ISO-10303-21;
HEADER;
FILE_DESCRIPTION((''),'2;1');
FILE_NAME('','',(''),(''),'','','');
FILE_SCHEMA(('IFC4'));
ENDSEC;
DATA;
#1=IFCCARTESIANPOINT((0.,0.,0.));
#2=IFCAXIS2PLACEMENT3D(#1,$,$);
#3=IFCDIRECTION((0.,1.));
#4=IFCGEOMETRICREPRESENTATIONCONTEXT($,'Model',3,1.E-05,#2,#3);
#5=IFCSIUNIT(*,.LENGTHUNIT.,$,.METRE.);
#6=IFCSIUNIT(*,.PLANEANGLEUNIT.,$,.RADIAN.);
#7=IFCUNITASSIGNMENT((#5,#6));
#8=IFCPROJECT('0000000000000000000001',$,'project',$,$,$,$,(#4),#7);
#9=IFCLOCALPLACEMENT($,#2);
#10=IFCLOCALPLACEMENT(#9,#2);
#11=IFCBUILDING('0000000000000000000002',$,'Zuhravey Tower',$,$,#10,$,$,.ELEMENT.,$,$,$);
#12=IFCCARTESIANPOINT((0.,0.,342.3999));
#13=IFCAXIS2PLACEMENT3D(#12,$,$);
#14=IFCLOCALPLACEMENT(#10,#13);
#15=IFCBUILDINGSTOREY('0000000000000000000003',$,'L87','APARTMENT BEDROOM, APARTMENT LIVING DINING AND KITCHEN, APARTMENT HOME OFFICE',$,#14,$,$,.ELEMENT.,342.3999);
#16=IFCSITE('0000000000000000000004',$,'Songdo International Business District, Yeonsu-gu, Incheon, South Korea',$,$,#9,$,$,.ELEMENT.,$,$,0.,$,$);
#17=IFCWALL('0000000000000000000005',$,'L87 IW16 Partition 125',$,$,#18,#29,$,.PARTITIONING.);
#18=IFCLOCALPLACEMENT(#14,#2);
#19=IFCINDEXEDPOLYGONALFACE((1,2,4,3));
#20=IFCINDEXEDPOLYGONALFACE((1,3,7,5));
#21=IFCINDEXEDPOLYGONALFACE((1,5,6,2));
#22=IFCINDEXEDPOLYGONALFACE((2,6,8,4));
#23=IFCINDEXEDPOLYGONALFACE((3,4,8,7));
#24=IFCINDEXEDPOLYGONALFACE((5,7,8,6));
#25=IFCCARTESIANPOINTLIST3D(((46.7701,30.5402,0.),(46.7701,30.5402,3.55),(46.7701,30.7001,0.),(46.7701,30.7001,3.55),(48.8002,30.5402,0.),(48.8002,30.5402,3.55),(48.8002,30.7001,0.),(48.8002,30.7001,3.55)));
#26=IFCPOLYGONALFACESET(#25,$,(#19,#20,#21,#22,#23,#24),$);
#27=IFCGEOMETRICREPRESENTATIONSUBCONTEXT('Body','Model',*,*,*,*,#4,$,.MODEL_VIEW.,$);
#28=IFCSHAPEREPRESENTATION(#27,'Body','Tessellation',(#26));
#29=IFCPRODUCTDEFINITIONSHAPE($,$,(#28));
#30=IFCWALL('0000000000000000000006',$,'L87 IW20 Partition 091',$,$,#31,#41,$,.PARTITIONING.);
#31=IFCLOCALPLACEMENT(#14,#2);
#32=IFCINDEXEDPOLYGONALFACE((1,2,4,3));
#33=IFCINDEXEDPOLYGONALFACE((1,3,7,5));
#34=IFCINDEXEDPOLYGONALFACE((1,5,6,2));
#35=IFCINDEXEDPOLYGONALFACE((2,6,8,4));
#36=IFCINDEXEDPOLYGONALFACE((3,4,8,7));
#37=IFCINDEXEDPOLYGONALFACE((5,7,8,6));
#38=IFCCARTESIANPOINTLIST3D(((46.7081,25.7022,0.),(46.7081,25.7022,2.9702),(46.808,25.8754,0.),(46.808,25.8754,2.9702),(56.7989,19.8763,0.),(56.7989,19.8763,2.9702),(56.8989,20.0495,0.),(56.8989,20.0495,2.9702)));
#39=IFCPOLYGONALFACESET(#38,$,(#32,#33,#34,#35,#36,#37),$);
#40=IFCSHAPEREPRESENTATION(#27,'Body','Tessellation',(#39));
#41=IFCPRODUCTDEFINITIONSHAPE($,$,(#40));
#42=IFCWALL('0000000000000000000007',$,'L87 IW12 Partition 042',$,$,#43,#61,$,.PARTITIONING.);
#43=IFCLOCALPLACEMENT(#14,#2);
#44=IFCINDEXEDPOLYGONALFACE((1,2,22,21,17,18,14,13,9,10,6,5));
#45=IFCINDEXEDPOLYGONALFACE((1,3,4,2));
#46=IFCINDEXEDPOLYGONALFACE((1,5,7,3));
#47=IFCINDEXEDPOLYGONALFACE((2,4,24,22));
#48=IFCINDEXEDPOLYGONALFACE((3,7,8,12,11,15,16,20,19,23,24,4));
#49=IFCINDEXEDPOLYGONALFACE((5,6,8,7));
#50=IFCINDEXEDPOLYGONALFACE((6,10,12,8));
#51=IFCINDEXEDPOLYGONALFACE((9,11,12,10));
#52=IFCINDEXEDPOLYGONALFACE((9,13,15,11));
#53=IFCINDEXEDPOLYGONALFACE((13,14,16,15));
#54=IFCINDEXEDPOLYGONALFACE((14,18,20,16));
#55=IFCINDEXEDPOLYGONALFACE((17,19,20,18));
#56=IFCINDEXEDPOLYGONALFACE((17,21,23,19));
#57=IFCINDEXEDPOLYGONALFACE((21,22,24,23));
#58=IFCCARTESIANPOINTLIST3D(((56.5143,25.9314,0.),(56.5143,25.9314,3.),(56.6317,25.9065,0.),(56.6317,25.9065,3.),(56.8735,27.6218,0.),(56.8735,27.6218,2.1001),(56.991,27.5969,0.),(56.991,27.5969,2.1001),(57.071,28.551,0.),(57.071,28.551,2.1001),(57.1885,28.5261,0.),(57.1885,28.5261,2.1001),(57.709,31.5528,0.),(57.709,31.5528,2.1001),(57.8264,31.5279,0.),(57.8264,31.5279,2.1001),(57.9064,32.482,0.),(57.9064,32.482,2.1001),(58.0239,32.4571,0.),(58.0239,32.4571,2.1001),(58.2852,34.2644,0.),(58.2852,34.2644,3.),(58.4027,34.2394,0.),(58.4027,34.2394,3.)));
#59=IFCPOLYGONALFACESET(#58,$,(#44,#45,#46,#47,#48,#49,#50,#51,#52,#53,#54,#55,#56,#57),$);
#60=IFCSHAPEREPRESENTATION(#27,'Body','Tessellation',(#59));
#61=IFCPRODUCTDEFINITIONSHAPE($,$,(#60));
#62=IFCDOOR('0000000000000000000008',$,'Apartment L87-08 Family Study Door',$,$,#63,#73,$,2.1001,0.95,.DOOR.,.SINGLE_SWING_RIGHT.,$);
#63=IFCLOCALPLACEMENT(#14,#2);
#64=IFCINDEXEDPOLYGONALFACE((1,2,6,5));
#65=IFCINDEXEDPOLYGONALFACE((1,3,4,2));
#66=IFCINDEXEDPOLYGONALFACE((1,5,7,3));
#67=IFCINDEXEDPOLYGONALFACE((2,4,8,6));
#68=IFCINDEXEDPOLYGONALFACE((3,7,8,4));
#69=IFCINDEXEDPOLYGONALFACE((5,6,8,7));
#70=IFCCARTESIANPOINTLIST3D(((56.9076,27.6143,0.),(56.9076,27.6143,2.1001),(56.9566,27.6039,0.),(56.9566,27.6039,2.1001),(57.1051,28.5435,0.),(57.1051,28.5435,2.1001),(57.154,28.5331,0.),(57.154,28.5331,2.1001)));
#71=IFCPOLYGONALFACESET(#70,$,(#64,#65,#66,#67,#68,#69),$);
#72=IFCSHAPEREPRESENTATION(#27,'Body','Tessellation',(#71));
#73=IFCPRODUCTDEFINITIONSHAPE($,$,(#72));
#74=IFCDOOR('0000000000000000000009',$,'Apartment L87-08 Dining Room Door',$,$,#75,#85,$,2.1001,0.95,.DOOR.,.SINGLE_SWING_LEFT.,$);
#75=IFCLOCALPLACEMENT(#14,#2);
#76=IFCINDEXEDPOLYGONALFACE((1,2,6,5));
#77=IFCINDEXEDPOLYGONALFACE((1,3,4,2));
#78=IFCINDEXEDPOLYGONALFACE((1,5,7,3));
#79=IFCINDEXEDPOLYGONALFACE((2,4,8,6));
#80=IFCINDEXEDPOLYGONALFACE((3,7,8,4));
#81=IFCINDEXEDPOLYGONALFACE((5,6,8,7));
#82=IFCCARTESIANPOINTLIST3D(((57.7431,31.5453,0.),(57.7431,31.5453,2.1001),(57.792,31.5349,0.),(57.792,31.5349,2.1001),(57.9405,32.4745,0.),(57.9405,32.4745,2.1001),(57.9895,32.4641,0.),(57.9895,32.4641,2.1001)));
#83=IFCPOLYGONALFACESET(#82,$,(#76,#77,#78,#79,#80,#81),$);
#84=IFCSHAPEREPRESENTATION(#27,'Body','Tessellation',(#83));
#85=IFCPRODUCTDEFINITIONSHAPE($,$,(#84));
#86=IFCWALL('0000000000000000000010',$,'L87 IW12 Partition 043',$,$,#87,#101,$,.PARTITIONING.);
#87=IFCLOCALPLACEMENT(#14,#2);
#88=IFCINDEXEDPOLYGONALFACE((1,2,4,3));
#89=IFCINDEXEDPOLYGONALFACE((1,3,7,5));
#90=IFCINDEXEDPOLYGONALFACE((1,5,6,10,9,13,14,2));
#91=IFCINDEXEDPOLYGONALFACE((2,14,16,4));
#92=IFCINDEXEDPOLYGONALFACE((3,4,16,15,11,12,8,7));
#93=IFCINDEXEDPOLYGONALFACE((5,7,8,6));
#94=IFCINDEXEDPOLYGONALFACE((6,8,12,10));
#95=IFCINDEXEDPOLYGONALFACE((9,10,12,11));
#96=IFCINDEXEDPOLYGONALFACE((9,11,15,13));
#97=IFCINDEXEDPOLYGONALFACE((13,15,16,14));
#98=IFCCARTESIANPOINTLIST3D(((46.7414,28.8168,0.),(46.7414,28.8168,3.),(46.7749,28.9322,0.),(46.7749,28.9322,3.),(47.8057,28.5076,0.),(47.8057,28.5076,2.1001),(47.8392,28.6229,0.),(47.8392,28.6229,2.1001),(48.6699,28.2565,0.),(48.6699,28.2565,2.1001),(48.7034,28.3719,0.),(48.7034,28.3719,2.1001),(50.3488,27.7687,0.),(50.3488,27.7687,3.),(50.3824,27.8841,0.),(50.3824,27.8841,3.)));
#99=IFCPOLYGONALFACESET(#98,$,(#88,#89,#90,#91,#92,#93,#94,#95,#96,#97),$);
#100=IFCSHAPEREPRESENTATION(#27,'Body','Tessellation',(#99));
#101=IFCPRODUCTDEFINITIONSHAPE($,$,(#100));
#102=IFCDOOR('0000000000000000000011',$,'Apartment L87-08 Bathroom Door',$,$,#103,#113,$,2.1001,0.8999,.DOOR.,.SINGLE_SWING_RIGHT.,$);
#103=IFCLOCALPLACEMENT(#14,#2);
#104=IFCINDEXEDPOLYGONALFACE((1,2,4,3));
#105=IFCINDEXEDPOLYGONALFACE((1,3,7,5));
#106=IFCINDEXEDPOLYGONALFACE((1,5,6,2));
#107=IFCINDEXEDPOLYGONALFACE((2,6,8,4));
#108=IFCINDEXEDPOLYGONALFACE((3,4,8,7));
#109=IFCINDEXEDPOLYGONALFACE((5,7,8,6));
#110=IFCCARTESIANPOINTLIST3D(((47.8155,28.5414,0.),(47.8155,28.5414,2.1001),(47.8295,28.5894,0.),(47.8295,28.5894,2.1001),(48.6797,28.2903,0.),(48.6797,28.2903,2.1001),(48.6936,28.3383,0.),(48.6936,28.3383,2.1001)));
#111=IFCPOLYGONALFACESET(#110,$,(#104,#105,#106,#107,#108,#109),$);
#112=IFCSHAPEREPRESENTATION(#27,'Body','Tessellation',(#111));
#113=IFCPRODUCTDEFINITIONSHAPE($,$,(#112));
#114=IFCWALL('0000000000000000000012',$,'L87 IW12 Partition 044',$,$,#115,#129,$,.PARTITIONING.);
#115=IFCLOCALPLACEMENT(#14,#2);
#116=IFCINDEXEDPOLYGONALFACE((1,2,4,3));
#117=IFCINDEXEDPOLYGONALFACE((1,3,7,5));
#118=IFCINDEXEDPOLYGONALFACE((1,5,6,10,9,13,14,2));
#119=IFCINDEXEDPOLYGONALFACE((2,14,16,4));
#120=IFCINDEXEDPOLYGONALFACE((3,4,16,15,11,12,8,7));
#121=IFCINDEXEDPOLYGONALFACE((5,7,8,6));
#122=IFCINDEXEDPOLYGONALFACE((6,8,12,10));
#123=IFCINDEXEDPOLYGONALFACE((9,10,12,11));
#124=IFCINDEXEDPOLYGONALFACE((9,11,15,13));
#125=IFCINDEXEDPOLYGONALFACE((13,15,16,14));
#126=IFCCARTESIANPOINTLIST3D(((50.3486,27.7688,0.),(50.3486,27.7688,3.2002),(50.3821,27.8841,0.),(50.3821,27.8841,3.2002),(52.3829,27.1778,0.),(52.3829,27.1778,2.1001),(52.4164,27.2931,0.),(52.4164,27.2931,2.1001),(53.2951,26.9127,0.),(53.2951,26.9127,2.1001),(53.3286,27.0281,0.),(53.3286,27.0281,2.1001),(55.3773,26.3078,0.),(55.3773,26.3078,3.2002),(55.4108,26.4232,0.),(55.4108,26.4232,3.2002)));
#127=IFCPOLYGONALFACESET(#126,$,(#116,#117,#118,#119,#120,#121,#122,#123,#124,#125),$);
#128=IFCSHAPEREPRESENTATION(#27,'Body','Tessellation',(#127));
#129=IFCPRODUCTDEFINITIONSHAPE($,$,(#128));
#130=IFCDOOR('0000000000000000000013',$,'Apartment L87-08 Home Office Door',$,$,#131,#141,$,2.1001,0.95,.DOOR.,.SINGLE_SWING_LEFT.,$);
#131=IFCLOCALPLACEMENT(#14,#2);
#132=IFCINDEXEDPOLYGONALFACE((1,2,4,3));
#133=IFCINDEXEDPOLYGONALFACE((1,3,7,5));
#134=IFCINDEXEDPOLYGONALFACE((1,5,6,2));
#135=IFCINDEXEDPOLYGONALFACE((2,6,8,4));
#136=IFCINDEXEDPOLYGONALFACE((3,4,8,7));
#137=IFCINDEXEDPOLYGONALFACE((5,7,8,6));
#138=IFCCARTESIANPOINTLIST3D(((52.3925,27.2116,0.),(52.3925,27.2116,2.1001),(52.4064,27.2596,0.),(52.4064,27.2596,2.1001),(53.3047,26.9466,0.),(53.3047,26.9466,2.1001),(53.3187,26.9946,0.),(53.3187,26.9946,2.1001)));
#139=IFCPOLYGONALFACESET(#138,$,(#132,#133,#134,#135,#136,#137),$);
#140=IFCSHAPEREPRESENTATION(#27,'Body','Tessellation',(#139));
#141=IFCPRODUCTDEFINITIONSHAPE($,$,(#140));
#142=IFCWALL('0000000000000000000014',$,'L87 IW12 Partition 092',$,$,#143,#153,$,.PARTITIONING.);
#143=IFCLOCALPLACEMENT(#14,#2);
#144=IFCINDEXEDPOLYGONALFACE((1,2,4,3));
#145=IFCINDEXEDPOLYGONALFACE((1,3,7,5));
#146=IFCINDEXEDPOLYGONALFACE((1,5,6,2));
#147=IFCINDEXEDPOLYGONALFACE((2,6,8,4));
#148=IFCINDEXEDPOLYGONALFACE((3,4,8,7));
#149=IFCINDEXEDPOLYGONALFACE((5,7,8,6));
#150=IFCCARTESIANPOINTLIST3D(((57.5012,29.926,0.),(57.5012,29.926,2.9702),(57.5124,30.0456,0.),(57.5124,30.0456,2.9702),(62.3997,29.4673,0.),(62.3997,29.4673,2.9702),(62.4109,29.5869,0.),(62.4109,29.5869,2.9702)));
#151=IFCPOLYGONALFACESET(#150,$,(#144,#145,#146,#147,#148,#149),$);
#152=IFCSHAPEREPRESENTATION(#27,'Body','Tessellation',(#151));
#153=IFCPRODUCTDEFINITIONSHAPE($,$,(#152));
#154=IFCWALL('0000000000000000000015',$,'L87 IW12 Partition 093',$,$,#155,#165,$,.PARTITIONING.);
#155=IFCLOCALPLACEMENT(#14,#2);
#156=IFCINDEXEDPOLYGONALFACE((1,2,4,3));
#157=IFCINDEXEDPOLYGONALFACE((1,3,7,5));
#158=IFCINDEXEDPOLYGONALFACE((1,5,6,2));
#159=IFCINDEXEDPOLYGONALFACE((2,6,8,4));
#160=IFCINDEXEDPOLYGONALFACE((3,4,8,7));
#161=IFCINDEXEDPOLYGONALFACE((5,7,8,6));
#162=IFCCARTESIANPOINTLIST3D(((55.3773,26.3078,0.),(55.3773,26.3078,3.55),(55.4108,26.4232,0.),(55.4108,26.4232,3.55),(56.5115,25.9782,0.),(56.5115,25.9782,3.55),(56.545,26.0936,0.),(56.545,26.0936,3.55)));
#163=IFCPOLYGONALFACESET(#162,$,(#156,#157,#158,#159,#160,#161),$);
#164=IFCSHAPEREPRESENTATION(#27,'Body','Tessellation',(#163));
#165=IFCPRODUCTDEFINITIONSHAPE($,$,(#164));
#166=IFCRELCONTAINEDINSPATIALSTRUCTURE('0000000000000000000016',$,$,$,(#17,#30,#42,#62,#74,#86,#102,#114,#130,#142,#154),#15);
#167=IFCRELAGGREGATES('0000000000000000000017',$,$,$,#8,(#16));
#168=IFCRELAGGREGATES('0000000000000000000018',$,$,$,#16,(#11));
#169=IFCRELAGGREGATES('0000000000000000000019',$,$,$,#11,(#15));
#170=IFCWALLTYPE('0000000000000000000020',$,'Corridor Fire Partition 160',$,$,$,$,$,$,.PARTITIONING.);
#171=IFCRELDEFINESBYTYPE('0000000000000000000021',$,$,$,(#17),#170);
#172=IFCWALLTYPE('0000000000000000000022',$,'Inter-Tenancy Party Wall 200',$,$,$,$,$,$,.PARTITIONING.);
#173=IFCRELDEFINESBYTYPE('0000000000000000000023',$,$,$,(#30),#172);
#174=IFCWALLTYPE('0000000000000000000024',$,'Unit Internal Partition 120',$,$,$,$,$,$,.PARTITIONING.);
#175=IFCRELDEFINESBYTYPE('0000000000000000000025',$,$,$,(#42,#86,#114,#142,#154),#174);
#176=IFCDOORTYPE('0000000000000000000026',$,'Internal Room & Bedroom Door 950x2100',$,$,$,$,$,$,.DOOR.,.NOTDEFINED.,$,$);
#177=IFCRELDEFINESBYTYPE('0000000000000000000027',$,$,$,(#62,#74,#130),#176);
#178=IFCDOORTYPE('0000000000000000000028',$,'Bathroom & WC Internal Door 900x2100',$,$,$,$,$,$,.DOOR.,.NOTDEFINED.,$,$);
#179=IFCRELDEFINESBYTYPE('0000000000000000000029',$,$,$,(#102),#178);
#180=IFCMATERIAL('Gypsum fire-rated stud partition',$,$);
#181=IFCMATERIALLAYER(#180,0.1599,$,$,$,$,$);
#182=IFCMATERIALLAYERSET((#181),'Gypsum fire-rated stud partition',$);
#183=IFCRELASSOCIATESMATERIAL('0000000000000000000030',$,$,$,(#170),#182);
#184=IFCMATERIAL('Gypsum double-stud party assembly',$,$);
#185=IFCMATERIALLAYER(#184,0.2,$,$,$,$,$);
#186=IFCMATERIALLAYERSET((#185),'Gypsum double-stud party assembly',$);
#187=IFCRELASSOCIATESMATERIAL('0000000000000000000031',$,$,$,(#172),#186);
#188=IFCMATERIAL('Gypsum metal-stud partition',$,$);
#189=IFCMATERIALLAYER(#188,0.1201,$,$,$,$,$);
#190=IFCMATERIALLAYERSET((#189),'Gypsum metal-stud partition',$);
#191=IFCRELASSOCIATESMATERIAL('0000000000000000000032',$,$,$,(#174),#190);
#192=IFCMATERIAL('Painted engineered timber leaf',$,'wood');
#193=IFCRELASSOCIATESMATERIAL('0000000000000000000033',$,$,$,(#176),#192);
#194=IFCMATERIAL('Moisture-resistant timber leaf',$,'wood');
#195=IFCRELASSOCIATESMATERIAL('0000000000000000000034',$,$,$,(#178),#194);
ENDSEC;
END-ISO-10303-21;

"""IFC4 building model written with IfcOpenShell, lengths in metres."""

from ifc_helpers import new_model, si_unit, direction, frame, frame_2d, origin, place, context, subcontext, project, spatial, rectangle, extrude, material, layer, layer_set, type_object, element, fill, save


model = new_model("IFC4")

# Units and contexts
model_context = context("Model", 3, precision=1e-05, world=origin(), true_north=direction((0.0, 1.0)))
body_context = subcontext(model_context, "Body", "Model", "MODEL_VIEW")
ifc_project = project(units=[si_unit("LENGTHUNIT", "METRE"), si_unit("PLANEANGLEUNIT", "RADIAN")], contexts=[model_context])

# Site, building, storey
site_placement = place(None, origin())
site = spatial("IfcSite", under=ifc_project, at=site_placement, Name="Songdo International Business District, Yeonsu-gu, Incheon, South Korea", CompositionType="ELEMENT", RefElevation=0.0)
building_placement = place(site_placement, origin())
building = spatial("IfcBuilding", under=site, at=building_placement, Name="Zuhravey Tower", CompositionType="ELEMENT")
storey_placement = place(building_placement, frame((0.0, 0.0, 342.3999)))
storey = spatial("IfcBuildingStorey", under=building, at=storey_placement, Name="L87", Description="APARTMENT BEDROOM, APARTMENT LIVING DINING AND KITCHEN, APARTMENT HOME OFFICE", CompositionType="ELEMENT", Elevation=342.3999)

# Shared definitions
ifc_material_1 = material(Name="Gypsum fire-rated stud partition")
ifc_layer_1 = layer(ifc_material_1, 0.1599)
ifc_layer_set_1 = layer_set([ifc_layer_1], Name="Gypsum fire-rated stud partition")
wall_type_1 = type_object("IfcWallType", Name="Corridor Fire Partition 160", PredefinedType="PARTITIONING", material=ifc_layer_set_1)

# Walls
wall_1_placement = place(storey_placement, frame((46.77, 30.6201, 0.0), z_axis=(0.0, 0.0, 1.0), x_axis=(1.0, 0.0, 0.0)))
element("IfcWall", 1, at=wall_1_placement, inside=storey, type_object=wall_type_1, Name="L87 IW16 Partition 125", PredefinedType="PARTITIONING", context=body_context, shape_type="SweptSolid", body=[
    extrude(rectangle(XDim=2.03, YDim=0.1599, at=frame_2d((1.0151, 0.0))), origin(), (0.0, 0.0, 1.0), 3.55),
])
ifc_material_2 = material(Name="Gypsum double-stud party assembly")
ifc_layer_2 = layer(ifc_material_2, 0.2)
ifc_layer_set_2 = layer_set([ifc_layer_2], Name="Gypsum double-stud party assembly")
wall_type_2 = type_object("IfcWallType", Name="Inter-Tenancy Party Wall 200", PredefinedType="PARTITIONING", material=ifc_layer_set_2)
wall_2_placement = place(storey_placement, frame((46.7581, 25.7888, 0.0), z_axis=(0.0, 0.0, 1.0), x_axis=(0.866026, -0.499999, 0.0)))
element("IfcWall", 2, at=wall_2_placement, inside=storey, type_object=wall_type_2, Name="L87 IW20 Partition 091", PredefinedType="PARTITIONING", context=body_context, shape_type="SweptSolid", body=[
    extrude(rectangle(XDim=11.6519, YDim=0.2, at=frame_2d((5.8259, 0.0))), origin(), (0.0, 0.0, 1.0), 2.9702),
])

# Wall, openings, doors
ifc_material_3 = material(Name="Gypsum metal-stud partition")
ifc_layer_3 = layer(ifc_material_3, 0.1201)
ifc_layer_set_3 = layer_set([ifc_layer_3], Name="Gypsum metal-stud partition")
wall_type_3 = type_object("IfcWallType", Name="Unit Internal Partition 120", PredefinedType="PARTITIONING", material=ifc_layer_set_3)
wall_3_placement = place(storey_placement, frame((56.573, 25.9189, 0.0), z_axis=(0.0, 0.0, 1.0), x_axis=(0.207885, 0.978153, 0.0)))
wall_3 = element("IfcWall", 3, at=wall_3_placement, inside=storey, type_object=wall_type_3, Name="L87 IW12 Partition 042", PredefinedType="PARTITIONING", context=body_context, shape_type="SweptSolid", body=[
    extrude(rectangle(XDim=8.519, YDim=0.1201, at=frame_2d((4.2595, 0.0))), origin(), (0.0, 0.0, 1.0), 3.0),
])
opening_1_placement = place(wall_3_placement, frame((1.728, 0.0, 0.0)))
opening_1 = element("IfcOpeningElement", 4, at=opening_1_placement, cuts=wall_3, PredefinedType="OPENING", context=body_context, shape_type="SweptSolid", body=[
    extrude(rectangle(XDim=0.95, YDim=2.1001, at=frame_2d((0.4751, 1.05))), frame((0.0, 0.072, 0.0), z_axis=(0.0, -1.0, 0.0), x_axis=(1.0, 0.0, 0.0)), (0.0, 0.0, 1.0), 0.144),
])
opening_2_placement = place(wall_3_placement, frame((5.7468, 0.0, 0.0)))
opening_2 = element("IfcOpeningElement", 5, at=opening_2_placement, cuts=wall_3, PredefinedType="OPENING", context=body_context, shape_type="SweptSolid", body=[
    extrude(rectangle(XDim=0.95, YDim=2.1001, at=frame_2d((0.4751, 1.05))), frame((0.0, 0.072, 0.0), z_axis=(0.0, -1.0, 0.0), x_axis=(1.0, 0.0, 0.0)), (0.0, 0.0, 1.0), 0.144),
])
ifc_material_4 = material(Name="Painted engineered timber leaf", Category="wood")
door_type_1 = type_object("IfcDoorType", Name="Internal Room & Bedroom Door 950x2100", OperationType="NOTDEFINED", PredefinedType="DOOR", material=ifc_material_4)
door_1_placement = place(opening_1_placement, frame((0.95, 0.0, 0.0), z_axis=(0.0, 0.0, 1.0), x_axis=(-1.0, 0.0, 0.0)))
door_1 = element("IfcDoor", 6, at=door_1_placement, inside=storey, type_object=door_type_1, Name="Apartment L87-08 Family Study Door", OperationType="SINGLE_SWING_RIGHT", OverallHeight=2.1001, OverallWidth=0.95, PredefinedType="DOOR", context=body_context, shape_type="SweptSolid", body=[
    extrude(rectangle(XDim=0.95, YDim=2.1001, at=frame_2d((0.4751, 1.05))), frame((0.0, 0.0249, 0.0), z_axis=(0.0, -1.0, 0.0), x_axis=(1.0, 0.0, 0.0)), (0.0, 0.0, 1.0), 0.05),
])
fill(opening_1, door_1)
door_2_placement = place(opening_2_placement, frame((0.95, 0.0, 0.0), z_axis=(0.0, 0.0, 1.0), x_axis=(-1.0, 0.0, 0.0)))
door_2 = element("IfcDoor", 7, at=door_2_placement, inside=storey, type_object=door_type_1, Name="Apartment L87-08 Dining Room Door", OperationType="SINGLE_SWING_LEFT", OverallHeight=2.1001, OverallWidth=0.95, PredefinedType="DOOR", context=body_context, shape_type="SweptSolid", body=[
    extrude(rectangle(XDim=0.95, YDim=2.1001, at=frame_2d((0.4751, 1.05))), frame((0.0, 0.0249, 0.0), z_axis=(0.0, -1.0, 0.0), x_axis=(1.0, 0.0, 0.0)), (0.0, 0.0, 1.0), 0.05),
])
fill(opening_2, door_2)

# Walls, openings, doors
wall_4_placement = place(storey_placement, frame((46.7581, 28.8745, 0.0), z_axis=(0.0, 0.0, 1.0), x_axis=(0.960291, -0.279002, 0.0)))
wall_4 = element("IfcWall", 8, at=wall_4_placement, inside=storey, type_object=wall_type_3, Name="L87 IW12 Partition 043", PredefinedType="PARTITIONING", context=body_context, shape_type="SweptSolid", body=[
    extrude(rectangle(XDim=3.7566, YDim=0.1201, at=frame_2d((1.8784, 0.0))), origin(), (0.0, 0.0, 1.0), 3.0),
])
opening_3_placement = place(wall_4_placement, frame((1.1084, 0.0, 0.0)))
opening_3 = element("IfcOpeningElement", 9, at=opening_3_placement, cuts=wall_4, PredefinedType="OPENING", context=body_context, shape_type="SweptSolid", body=[
    extrude(rectangle(XDim=0.8999, YDim=2.1001, at=frame_2d((0.45, 1.05))), frame((0.0, 0.072, 0.0), z_axis=(0.0, -1.0, 0.0), x_axis=(1.0, 0.0, 0.0)), (0.0, 0.0, 1.0), 0.144),
])
ifc_material_5 = material(Name="Moisture-resistant timber leaf", Category="wood")
door_type_2 = type_object("IfcDoorType", Name="Bathroom & WC Internal Door 900x2100", OperationType="NOTDEFINED", PredefinedType="DOOR", material=ifc_material_5)
door_3_placement = place(opening_3_placement, frame((0.8999, 0.0, 0.0), z_axis=(0.0, 0.0, 1.0), x_axis=(-1.0, 0.0, 0.0)))
door_3 = element("IfcDoor", 10, at=door_3_placement, inside=storey, type_object=door_type_2, Name="Apartment L87-08 Bathroom Door", OperationType="SINGLE_SWING_RIGHT", OverallHeight=2.1001, OverallWidth=0.8999, PredefinedType="DOOR", context=body_context, shape_type="SweptSolid", body=[
    extrude(rectangle(XDim=0.8999, YDim=2.1001, at=frame_2d((0.45, 1.05))), frame((0.0, 0.0249, 0.0), z_axis=(0.0, -1.0, 0.0), x_axis=(1.0, 0.0, 0.0)), (0.0, 0.0, 1.0), 0.05),
])
fill(opening_3, door_3)
wall_5_placement = place(storey_placement, frame((50.3655, 27.8264, 0.0), z_axis=(0.0, 0.0, 1.0), x_axis=(0.960293, -0.278992, 0.0)))
wall_5 = element("IfcWall", 11, at=wall_5_placement, inside=storey, type_object=wall_type_3, Name="L87 IW12 Partition 044", PredefinedType="PARTITIONING", context=body_context, shape_type="SweptSolid", body=[
    extrude(rectangle(XDim=5.2366, YDim=0.1201, at=frame_2d((2.6182, 0.0))), origin(), (0.0, 0.0, 1.0), 3.2002),
])
opening_4_placement = place(wall_5_placement, frame((2.1182, 0.0, 0.0)))
opening_4 = element("IfcOpeningElement", 12, at=opening_4_placement, cuts=wall_5, PredefinedType="OPENING", context=body_context, shape_type="SweptSolid", body=[
    extrude(rectangle(XDim=0.95, YDim=2.1001, at=frame_2d((0.4751, 1.05))), frame((0.0, 0.072, 0.0), z_axis=(0.0, -1.0, 0.0), x_axis=(1.0, 0.0, 0.0)), (0.0, 0.0, 1.0), 0.144),
])
door_4_placement = place(opening_4_placement, frame((0.95, 0.0, 0.0), z_axis=(0.0, 0.0, 1.0), x_axis=(-1.0, 0.0, 0.0)))
door_4 = element("IfcDoor", 13, at=door_4_placement, inside=storey, type_object=door_type_1, Name="Apartment L87-08 Home Office Door", OperationType="SINGLE_SWING_LEFT", OverallHeight=2.1001, OverallWidth=0.95, PredefinedType="DOOR", context=body_context, shape_type="SweptSolid", body=[
    extrude(rectangle(XDim=0.95, YDim=2.1001, at=frame_2d((0.4751, 1.05))), frame((0.0, 0.0249, 0.0), z_axis=(0.0, -1.0, 0.0), x_axis=(1.0, 0.0, 0.0)), (0.0, 0.0, 1.0), 0.05),
])
fill(opening_4, door_4)

# Walls
wall_6_placement = place(storey_placement, frame((57.5068, 29.9858, 0.0), z_axis=(0.0, 0.0, 1.0), x_axis=(0.995643, -0.093242, 0.0)))
element("IfcWall", 14, at=wall_6_placement, inside=storey, type_object=wall_type_3, Name="L87 IW12 Partition 092", PredefinedType="PARTITIONING", context=body_context, shape_type="SweptSolid", body=[
    extrude(rectangle(XDim=4.9199, YDim=0.1201, at=frame_2d((2.46, 0.0))), origin(), (0.0, 0.0, 1.0), 2.9702),
])
wall_7_placement = place(storey_placement, frame((55.394, 26.3655, 0.0), z_axis=(0.0, 0.0, 1.0), x_axis=(0.960282, -0.279032, 0.0)))
element("IfcWall", 15, at=wall_7_placement, inside=storey, type_object=wall_type_3, Name="L87 IW12 Partition 093", PredefinedType="PARTITIONING", context=body_context, shape_type="SweptSolid", body=[
    extrude(rectangle(XDim=1.1812, YDim=0.1201, at=frame_2d((0.5906, 0.0))), origin(), (0.0, 0.0, 1.0), 3.55),
])

save(model, "model.ifc")
